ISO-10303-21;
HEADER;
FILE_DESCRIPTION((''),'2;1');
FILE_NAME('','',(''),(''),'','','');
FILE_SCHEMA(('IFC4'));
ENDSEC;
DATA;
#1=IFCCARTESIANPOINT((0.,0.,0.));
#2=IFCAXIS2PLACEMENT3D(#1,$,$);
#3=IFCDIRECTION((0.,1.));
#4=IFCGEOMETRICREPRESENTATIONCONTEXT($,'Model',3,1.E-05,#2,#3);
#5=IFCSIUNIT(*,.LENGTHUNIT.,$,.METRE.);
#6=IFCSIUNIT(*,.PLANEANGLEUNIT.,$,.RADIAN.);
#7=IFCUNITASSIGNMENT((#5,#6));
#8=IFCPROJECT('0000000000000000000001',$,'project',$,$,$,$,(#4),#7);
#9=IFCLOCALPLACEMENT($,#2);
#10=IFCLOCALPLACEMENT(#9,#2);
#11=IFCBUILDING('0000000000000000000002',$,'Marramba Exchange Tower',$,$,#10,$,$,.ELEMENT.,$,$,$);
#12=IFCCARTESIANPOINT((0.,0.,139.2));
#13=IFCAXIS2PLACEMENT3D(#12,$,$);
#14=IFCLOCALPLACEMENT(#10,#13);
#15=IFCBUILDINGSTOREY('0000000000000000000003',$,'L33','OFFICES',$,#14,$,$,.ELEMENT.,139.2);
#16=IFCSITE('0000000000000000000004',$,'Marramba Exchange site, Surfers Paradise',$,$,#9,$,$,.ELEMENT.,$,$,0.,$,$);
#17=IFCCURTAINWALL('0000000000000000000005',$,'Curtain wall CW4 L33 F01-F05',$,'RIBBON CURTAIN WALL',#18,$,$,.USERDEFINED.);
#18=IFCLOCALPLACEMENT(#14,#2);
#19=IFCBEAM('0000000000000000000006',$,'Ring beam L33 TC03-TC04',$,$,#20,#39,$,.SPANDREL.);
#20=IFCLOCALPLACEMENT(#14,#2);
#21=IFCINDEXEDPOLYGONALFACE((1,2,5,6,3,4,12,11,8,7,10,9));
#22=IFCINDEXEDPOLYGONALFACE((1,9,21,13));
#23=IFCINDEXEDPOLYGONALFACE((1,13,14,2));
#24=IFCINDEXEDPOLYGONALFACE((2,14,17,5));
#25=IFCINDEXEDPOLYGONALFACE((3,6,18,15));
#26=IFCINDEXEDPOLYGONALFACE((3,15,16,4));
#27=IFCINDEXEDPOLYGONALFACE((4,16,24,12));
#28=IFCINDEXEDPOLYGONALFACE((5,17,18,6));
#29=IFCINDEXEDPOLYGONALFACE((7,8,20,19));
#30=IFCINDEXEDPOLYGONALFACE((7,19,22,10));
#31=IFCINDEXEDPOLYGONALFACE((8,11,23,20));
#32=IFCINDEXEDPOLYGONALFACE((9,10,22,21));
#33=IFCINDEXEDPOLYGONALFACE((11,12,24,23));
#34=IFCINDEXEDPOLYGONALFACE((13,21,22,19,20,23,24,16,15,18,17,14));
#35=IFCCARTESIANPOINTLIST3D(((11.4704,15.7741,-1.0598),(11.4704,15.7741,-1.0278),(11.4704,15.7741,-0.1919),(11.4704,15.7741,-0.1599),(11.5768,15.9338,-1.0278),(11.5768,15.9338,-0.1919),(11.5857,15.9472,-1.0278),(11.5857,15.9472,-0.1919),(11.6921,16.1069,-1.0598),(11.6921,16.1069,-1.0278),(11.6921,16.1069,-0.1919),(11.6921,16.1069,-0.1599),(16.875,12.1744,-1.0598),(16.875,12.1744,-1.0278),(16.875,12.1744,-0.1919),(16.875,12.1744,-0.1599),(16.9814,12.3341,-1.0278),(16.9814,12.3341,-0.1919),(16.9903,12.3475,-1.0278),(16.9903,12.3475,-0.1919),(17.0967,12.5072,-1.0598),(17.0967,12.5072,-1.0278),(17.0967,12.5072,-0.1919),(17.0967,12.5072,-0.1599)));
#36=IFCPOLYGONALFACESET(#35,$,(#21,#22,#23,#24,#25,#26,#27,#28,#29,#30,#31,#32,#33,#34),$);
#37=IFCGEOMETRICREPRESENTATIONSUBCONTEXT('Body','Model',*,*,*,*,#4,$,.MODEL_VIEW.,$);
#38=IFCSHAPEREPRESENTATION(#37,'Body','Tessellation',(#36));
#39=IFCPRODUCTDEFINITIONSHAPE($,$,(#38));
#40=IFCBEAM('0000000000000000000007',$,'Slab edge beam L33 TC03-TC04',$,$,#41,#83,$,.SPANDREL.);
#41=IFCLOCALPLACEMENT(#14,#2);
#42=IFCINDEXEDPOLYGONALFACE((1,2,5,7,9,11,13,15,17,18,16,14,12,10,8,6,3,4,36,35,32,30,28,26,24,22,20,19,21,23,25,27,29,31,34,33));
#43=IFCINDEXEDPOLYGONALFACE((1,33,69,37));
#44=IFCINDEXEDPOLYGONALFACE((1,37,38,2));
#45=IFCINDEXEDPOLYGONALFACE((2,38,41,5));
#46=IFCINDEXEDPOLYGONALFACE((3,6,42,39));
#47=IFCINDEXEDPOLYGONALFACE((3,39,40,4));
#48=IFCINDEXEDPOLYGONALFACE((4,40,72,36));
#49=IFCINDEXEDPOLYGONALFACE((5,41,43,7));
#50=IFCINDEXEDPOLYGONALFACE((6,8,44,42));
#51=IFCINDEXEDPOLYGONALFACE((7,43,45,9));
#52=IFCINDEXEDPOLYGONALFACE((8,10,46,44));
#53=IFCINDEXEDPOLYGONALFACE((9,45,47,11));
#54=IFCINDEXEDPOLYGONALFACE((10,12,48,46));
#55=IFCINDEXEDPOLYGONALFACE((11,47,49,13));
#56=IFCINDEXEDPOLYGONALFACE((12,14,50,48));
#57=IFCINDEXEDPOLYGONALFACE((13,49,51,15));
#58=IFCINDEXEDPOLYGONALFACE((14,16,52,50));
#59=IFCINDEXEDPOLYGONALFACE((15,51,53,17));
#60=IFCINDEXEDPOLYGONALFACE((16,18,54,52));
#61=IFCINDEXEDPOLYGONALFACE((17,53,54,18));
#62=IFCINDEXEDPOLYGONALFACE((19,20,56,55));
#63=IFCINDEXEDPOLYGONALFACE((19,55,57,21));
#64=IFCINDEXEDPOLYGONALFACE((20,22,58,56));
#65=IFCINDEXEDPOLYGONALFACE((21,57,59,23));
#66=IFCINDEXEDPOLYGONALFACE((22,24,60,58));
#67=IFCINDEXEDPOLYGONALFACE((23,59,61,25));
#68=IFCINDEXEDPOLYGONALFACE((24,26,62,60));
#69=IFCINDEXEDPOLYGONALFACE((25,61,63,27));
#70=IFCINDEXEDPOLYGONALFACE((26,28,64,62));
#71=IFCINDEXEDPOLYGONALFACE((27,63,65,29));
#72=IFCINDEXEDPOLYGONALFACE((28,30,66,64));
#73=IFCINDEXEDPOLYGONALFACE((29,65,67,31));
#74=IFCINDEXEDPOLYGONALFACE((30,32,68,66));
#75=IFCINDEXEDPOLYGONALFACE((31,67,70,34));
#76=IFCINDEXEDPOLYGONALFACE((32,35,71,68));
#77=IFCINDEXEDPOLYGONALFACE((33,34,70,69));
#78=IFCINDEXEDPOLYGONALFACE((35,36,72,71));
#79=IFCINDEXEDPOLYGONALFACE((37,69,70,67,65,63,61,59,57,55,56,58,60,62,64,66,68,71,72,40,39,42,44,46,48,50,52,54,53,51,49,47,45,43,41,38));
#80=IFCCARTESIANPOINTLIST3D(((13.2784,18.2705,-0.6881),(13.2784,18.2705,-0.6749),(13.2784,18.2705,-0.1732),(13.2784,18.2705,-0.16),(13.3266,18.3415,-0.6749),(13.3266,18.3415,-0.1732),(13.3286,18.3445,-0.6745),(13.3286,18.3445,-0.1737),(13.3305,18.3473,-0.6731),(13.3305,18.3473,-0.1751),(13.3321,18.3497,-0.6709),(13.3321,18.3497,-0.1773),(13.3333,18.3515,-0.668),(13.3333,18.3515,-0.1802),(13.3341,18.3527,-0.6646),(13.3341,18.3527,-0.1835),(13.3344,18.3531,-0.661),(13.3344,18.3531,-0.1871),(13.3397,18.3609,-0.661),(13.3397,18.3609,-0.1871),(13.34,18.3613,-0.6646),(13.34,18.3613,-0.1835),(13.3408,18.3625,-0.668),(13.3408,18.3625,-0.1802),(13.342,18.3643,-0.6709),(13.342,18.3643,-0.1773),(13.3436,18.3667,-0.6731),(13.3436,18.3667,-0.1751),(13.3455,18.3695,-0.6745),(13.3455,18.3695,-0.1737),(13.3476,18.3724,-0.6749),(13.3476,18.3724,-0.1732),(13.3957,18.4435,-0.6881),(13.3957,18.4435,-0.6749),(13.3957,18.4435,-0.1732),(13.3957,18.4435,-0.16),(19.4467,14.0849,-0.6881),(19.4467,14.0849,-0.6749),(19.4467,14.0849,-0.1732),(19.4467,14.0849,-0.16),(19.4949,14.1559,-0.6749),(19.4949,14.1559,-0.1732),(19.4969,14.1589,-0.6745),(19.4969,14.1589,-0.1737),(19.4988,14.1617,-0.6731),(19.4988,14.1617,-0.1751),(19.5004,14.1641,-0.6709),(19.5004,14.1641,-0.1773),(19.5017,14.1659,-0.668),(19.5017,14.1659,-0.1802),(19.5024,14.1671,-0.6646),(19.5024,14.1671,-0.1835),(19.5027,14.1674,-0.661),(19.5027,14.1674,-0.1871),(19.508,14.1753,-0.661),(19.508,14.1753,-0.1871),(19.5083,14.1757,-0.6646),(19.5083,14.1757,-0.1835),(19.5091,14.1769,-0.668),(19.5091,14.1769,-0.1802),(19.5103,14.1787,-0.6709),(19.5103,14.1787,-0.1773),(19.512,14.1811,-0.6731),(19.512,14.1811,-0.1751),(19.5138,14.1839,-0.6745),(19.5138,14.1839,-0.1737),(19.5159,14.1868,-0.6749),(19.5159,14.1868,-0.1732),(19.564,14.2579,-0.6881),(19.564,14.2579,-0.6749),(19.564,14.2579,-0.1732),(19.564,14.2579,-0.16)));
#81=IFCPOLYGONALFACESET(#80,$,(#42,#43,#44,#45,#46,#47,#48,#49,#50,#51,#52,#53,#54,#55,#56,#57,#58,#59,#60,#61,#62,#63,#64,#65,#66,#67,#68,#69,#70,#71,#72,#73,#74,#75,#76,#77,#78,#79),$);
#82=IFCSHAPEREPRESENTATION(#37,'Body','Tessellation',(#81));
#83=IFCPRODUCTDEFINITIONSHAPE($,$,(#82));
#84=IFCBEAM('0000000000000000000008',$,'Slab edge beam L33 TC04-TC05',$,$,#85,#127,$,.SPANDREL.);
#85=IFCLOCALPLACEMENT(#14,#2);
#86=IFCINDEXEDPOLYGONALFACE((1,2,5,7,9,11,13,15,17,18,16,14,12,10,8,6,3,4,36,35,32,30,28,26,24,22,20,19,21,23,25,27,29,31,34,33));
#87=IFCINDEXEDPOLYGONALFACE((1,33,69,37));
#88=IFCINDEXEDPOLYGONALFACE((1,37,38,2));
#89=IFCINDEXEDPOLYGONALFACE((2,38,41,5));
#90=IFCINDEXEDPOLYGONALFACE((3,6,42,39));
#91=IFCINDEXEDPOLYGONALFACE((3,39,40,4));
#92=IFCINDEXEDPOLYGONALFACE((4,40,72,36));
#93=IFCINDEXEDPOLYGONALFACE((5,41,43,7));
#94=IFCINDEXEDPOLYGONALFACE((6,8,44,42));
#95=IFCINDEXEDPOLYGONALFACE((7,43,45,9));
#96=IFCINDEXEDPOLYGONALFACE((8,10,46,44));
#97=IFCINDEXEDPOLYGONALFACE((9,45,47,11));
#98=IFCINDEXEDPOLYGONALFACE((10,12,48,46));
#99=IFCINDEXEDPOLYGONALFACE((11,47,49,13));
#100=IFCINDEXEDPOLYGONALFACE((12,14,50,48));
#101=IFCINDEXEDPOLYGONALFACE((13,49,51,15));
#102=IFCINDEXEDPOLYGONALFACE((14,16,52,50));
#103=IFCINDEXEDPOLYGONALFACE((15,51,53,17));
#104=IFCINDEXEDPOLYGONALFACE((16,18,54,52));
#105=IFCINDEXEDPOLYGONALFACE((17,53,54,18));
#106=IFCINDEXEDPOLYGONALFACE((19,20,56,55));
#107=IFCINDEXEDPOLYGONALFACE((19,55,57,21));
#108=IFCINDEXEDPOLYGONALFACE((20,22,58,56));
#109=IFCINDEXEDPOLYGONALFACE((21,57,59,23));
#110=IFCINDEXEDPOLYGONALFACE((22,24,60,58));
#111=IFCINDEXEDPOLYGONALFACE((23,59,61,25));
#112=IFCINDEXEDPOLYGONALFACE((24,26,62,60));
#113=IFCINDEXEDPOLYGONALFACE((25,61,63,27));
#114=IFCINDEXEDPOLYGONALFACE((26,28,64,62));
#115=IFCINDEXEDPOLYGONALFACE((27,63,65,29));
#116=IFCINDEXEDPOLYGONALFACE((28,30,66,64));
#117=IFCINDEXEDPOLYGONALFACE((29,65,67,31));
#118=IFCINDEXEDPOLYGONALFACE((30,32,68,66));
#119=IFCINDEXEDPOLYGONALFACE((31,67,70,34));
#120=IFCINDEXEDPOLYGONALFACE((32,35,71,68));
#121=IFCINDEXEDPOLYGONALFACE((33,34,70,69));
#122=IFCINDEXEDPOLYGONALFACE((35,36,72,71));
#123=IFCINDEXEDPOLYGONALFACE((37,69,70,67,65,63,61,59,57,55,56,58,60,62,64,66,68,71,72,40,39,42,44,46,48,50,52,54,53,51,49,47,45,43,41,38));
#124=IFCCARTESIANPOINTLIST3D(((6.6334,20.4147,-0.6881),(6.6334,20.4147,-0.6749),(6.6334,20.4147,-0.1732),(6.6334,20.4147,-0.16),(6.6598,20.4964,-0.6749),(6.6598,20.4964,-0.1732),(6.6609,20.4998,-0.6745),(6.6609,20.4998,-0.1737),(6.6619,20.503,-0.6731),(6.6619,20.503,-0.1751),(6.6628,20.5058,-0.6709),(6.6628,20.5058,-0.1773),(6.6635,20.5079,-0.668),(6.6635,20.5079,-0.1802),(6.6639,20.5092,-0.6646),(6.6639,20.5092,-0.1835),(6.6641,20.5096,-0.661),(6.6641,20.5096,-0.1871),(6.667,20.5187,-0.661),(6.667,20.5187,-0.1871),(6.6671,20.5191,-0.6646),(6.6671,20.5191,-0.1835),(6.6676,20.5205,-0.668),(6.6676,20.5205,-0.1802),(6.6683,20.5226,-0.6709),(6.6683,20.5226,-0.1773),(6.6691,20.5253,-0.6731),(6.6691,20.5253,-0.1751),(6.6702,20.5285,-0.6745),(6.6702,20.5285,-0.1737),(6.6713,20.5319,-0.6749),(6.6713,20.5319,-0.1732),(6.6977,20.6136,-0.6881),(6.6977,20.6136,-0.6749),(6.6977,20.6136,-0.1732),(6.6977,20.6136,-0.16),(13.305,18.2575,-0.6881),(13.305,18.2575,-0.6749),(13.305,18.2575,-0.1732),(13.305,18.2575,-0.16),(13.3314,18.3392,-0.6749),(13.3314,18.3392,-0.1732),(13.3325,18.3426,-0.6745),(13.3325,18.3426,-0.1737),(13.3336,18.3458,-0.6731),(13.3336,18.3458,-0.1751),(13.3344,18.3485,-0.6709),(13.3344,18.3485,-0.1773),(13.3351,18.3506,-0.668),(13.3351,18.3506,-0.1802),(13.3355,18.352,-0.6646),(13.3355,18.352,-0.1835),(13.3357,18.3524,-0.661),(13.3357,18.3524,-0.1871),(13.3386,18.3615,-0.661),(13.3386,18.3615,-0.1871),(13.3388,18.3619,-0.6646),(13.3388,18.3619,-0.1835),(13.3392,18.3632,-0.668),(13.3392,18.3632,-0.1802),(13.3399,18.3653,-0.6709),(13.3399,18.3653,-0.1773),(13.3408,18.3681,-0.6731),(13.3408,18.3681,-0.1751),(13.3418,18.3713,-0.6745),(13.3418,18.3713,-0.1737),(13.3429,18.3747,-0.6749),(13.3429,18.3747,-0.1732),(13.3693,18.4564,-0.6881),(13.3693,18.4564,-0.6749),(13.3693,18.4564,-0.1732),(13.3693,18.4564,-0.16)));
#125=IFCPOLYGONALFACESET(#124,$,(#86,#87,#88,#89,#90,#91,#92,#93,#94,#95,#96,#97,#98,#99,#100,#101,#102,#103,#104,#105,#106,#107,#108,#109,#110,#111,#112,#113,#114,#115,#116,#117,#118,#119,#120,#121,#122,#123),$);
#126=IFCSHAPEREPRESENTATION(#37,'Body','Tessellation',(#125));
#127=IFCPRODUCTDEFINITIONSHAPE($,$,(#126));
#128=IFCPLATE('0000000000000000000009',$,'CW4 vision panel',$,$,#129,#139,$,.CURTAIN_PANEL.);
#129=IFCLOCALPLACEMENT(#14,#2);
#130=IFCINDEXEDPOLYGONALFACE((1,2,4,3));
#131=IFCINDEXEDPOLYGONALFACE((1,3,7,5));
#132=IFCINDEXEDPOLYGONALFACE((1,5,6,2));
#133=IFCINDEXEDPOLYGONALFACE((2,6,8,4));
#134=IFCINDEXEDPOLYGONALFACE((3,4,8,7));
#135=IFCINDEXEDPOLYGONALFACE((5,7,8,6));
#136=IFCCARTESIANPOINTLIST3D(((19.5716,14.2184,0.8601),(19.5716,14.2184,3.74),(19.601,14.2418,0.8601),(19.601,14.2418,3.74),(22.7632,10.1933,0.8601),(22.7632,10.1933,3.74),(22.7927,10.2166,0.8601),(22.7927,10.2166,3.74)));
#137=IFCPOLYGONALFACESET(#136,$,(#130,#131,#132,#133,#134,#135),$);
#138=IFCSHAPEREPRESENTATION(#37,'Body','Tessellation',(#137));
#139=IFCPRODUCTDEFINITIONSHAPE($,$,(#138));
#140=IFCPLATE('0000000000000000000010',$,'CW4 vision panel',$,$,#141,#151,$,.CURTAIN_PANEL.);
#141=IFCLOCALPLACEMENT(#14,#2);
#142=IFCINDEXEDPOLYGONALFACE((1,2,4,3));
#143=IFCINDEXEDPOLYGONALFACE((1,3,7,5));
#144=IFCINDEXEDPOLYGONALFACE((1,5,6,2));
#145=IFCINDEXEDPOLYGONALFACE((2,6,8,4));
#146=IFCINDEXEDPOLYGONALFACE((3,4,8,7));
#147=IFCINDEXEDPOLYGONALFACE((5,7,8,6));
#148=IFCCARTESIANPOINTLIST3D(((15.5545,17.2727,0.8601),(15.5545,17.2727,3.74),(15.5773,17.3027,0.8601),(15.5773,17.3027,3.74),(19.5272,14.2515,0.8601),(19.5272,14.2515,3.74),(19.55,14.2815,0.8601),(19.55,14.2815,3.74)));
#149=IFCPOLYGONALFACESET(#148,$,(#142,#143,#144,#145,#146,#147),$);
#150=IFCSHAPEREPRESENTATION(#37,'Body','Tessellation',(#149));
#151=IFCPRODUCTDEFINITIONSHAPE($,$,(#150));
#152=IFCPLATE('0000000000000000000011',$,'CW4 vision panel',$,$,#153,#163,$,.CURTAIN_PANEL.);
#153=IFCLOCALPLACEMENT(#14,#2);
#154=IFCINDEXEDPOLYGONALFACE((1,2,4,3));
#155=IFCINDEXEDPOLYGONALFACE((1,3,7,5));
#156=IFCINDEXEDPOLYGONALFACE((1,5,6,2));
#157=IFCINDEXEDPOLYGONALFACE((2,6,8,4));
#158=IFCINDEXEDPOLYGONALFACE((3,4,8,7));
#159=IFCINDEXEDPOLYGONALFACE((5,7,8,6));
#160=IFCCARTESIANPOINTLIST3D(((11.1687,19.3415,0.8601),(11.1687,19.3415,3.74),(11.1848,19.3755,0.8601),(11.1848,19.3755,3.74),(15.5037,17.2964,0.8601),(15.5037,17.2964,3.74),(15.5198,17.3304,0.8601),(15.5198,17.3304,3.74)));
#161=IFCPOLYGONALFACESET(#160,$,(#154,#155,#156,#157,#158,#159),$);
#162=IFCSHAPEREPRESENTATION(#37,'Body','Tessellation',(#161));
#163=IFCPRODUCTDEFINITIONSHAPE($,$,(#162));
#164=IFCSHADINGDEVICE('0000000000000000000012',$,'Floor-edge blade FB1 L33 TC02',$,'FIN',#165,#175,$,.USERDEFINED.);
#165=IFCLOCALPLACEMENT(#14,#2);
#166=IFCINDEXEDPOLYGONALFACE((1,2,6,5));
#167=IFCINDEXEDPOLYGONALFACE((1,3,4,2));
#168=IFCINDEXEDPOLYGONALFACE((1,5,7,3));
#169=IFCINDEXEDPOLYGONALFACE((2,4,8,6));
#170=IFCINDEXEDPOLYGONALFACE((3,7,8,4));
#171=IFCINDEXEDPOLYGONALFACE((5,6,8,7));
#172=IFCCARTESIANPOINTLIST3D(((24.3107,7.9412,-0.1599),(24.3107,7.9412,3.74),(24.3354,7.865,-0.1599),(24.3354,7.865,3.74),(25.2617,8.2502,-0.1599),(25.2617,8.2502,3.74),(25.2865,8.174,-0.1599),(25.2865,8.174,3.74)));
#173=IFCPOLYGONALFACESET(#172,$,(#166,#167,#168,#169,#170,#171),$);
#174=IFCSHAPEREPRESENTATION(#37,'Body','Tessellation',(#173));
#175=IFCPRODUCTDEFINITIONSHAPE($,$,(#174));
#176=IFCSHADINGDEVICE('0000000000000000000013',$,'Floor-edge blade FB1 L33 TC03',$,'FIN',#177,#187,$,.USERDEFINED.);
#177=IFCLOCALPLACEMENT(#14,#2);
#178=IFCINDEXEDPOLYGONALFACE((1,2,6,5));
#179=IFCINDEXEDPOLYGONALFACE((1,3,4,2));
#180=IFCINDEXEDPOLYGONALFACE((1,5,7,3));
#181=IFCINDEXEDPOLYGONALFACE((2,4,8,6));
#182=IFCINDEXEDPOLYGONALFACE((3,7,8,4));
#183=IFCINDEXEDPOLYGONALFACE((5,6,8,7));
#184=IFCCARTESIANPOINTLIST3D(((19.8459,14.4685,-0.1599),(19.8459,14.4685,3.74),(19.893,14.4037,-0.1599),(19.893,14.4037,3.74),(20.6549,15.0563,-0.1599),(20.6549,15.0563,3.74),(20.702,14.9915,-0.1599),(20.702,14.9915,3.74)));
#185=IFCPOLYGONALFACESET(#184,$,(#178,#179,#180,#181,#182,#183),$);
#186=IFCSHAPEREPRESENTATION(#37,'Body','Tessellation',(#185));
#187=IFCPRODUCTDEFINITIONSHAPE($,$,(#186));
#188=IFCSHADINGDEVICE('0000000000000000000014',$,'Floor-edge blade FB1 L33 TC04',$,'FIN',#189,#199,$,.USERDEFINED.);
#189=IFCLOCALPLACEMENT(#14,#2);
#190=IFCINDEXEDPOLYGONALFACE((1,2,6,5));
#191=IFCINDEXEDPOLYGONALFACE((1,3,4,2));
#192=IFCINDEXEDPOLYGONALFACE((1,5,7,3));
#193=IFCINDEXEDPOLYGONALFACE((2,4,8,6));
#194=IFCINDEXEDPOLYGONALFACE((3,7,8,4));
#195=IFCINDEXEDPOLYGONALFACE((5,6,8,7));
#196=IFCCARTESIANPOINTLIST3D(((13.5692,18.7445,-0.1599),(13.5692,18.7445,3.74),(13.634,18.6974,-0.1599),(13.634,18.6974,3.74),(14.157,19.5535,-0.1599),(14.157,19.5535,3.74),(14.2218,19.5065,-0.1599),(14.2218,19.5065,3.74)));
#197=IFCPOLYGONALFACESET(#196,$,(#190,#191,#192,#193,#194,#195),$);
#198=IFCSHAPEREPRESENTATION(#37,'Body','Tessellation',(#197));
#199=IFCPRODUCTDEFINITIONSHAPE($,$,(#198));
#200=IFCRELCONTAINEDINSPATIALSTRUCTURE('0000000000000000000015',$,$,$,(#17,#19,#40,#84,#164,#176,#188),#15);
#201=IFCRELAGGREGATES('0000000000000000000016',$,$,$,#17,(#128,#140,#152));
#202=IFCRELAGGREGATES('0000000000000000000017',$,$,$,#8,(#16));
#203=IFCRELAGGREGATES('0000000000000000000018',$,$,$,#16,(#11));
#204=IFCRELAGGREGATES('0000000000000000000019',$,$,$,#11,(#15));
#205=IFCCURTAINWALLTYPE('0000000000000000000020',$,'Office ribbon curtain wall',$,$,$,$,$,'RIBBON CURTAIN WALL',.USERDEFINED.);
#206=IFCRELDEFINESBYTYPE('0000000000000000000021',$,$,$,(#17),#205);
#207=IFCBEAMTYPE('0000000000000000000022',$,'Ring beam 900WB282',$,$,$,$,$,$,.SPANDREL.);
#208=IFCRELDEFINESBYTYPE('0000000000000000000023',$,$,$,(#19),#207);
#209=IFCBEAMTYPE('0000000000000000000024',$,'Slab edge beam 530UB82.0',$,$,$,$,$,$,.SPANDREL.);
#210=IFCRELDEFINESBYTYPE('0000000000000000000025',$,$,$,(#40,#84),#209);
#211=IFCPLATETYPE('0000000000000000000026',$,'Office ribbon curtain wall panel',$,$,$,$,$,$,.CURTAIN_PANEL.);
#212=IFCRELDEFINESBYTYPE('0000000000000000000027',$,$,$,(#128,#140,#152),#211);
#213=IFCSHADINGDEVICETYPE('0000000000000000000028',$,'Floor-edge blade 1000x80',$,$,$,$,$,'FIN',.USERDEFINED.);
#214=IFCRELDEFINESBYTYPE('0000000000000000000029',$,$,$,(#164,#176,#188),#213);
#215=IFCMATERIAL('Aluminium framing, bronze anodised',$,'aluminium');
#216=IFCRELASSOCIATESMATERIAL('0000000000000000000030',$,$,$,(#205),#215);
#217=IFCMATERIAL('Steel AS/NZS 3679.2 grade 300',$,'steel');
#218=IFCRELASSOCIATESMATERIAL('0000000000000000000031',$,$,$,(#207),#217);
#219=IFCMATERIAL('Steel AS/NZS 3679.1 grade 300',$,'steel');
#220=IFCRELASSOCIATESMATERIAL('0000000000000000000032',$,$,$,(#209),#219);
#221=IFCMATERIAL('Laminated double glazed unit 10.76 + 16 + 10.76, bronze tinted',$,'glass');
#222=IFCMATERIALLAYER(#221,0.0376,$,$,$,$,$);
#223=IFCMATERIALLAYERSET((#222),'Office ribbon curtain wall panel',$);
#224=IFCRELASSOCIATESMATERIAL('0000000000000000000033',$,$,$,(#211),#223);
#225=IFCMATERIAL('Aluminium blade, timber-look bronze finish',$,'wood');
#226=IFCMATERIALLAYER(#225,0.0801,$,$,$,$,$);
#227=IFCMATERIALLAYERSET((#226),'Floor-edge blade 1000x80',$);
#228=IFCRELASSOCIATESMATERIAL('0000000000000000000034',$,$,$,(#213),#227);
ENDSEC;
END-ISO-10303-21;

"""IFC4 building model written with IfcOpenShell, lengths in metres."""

from ifc_helpers import new_model, si_unit, direction, frame, origin, origin_2d, place, context, subcontext, project, spatial, rectangle, i_section, extrude, material, layer, layer_set, material_profile, profile_set, type_object, element, aggregate, save


model = new_model("IFC4")

# Units and contexts
model_context = context("Model", 3, precision=1e-05, world=origin(), true_north=direction((0.0, 1.0)))
body_context = subcontext(model_context, "Body", "Model", "MODEL_VIEW")
ifc_project = project(units=[si_unit("LENGTHUNIT", "METRE"), si_unit("PLANEANGLEUNIT", "RADIAN")], contexts=[model_context])

# Site, building, storey
site_placement = place(None, origin())
site = spatial("IfcSite", under=ifc_project, at=site_placement, Name="Marramba Exchange site, Surfers Paradise", CompositionType="ELEMENT", RefElevation=0.0)
building_placement = place(site_placement, origin())
building = spatial("IfcBuilding", under=site, at=building_placement, Name="Marramba Exchange Tower", CompositionType="ELEMENT")
storey_placement = place(building_placement, frame((0.0, 0.0, 139.2)))
storey = spatial("IfcBuildingStorey", under=building, at=storey_placement, Name="L33", Description="OFFICES", CompositionType="ELEMENT", Elevation=139.2)

# Shared definitions
ifc_material_1 = material(Name="Steel AS/NZS 3679.2 grade 300", Category="steel")
ifc_material_2 = material(Name="Steel AS/NZS 3679.1 grade 300", Category="steel")

# Curtain wall
ifc_material_3 = material(Name="Aluminium framing, bronze anodised", Category="aluminium")
curtain_wall_type = type_object("IfcCurtainWallType", Name="Office ribbon curtain wall", ElementType="RIBBON CURTAIN WALL", PredefinedType="USERDEFINED", material=ifc_material_3)
curtain_wall_placement = place(storey_placement, origin())
curtain_wall = element("IfcCurtainWall", 1, at=curtain_wall_placement, inside=storey, type_object=curtain_wall_type, Name="Curtain wall CW4 L33 F01-F05", ObjectType="RIBBON CURTAIN WALL", PredefinedType="USERDEFINED")

# Beams
ifc_material_profile_1 = material_profile(ifc_material_1, i_section(OverallWidth=0.3999, OverallDepth=0.8999, WebThickness=0.0161, FlangeThickness=0.032, at=origin_2d()), Name="900WB282")
ifc_profile_set_1 = profile_set([ifc_material_profile_1], Name="Steel AS/NZS 3679.2 grade 300")
beam_type_1 = type_object("IfcBeamType", Name="Ring beam 900WB282", PredefinedType="SPANDREL", material=ifc_profile_set_1)
beam_1_placement = place(storey_placement, frame((16.9858, 12.3408, -0.6099), z_axis=(-0.832293, 0.554336, 0.0), x_axis=(-0.554336, -0.832293, 0.0)))
element("IfcBeam", 2, at=beam_1_placement, inside=storey, type_object=beam_type_1, Name="Ring beam L33 TC03-TC04", PredefinedType="SPANDREL", context=body_context, shape_type="SweptSolid", body=[
    extrude(i_section(OverallWidth=0.3999, OverallDepth=0.8999, WebThickness=0.0161, FlangeThickness=0.032, at=origin_2d()), origin(), (0.0, 0.0, 1.0), 6.4937),
])
ifc_material_profile_2 = material_profile(ifc_material_2, i_section(OverallWidth=0.209, OverallDepth=0.5281, WebThickness=0.0095, FlangeThickness=0.0132, FilletRadius=0.0139, at=origin_2d()), Name="530UB82.0")
ifc_profile_set_2 = profile_set([ifc_material_profile_2], Name="Steel AS/NZS 3679.1 grade 300")
beam_type_2 = type_object("IfcBeamType", Name="Slab edge beam 530UB82.0", PredefinedType="SPANDREL", material=ifc_profile_set_2)
beam_2_placement = place(storey_placement, frame((19.5054, 14.1714, -0.4241), z_axis=(-0.827477, 0.561499, 0.0), x_axis=(-0.561499, -0.827477, 0.0)))
element("IfcBeam", 3, at=beam_2_placement, inside=storey, type_object=beam_type_2, Name="Slab edge beam L33 TC03-TC04", PredefinedType="SPANDREL", context=body_context, shape_type="SweptSolid", body=[
    extrude(i_section(OverallWidth=0.209, OverallDepth=0.5281, WebThickness=0.0095, FlangeThickness=0.0132, FilletRadius=0.0139, at=origin_2d()), origin(), (0.0, 0.0, 1.0), 7.4543),
])
beam_3_placement = place(storey_placement, frame((13.3372, 18.3569, -0.4241), z_axis=(-0.951496, 0.30766, 0.0), x_axis=(-0.30766, -0.951496, 0.0)))
element("IfcBeam", 4, at=beam_3_placement, inside=storey, type_object=beam_type_2, Name="Slab edge beam L33 TC04-TC05", PredefinedType="SPANDREL", context=body_context, shape_type="SweptSolid", body=[
    extrude(i_section(OverallWidth=0.209, OverallDepth=0.5281, WebThickness=0.0095, FlangeThickness=0.0132, FilletRadius=0.0139, at=origin_2d()), origin(), (0.0, 0.0, 1.0), 7.0117),
])

# Plates
ifc_material_4 = material(Name="Laminated double glazed unit 10.76 + 16 + 10.76, bronze tinted", Category="glass")
ifc_layer_1 = layer(ifc_material_4, 0.0376)
ifc_layer_set_1 = layer_set([ifc_layer_1], Name="Office ribbon curtain wall panel")
plate_type = type_object("IfcPlateType", Name="Office ribbon curtain wall panel", PredefinedType="CURTAIN_PANEL", material=ifc_layer_set_1)
plate_1_placement = place(storey_placement, frame((21.1821, 12.2175, 0.8601), z_axis=(0.0, 0.0, 1.0), x_axis=(-0.621312, 0.783563, 0.0)))
plate_1 = element("IfcPlate", 5, at=plate_1_placement, type_object=plate_type, Name="CW4 vision panel", PredefinedType="CURTAIN_PANEL", context=body_context, shape_type="SweptSolid", body=[
    extrude(rectangle(XDim=5.137, YDim=0.0376, at=origin_2d()), origin(), (0.0, 0.0, 1.0), 2.8799),
])
plate_2_placement = place(storey_placement, frame((17.5522, 15.7771, 0.8601), z_axis=(0.0, 0.0, 1.0), x_axis=(-0.795972, 0.605334, 0.0)))
plate_2 = element("IfcPlate", 6, at=plate_2_placement, type_object=plate_type, Name="CW4 vision panel", PredefinedType="CURTAIN_PANEL", context=body_context, shape_type="SweptSolid", body=[
    extrude(rectangle(XDim=4.991, YDim=0.0376, at=origin_2d()), origin(), (0.0, 0.0, 1.0), 2.8799),
])
plate_3_placement = place(storey_placement, frame((13.3442, 18.3359, 0.8601), z_axis=(0.0, 0.0, 1.0), x_axis=(-0.904403, 0.426679, 0.0)))
plate_3 = element("IfcPlate", 7, at=plate_3_placement, type_object=plate_type, Name="CW4 vision panel", PredefinedType="CURTAIN_PANEL", context=body_context, shape_type="SweptSolid", body=[
    extrude(rectangle(XDim=4.7932, YDim=0.0376, at=origin_2d()), origin(), (0.0, 0.0, 1.0), 2.8799),
])
aggregate(curtain_wall, [plate_1, plate_2, plate_3])

# Shading devices
ifc_material_5 = material(Name="Aluminium blade, timber-look bronze finish", Category="wood")
ifc_layer_2 = layer(ifc_material_5, 0.0801)
ifc_layer_set_2 = layer_set([ifc_layer_2], Name="Floor-edge blade 1000x80")
shading_device_type_1 = type_object("IfcShadingDeviceType", Name="Floor-edge blade 1000x80", ElementType="FIN", PredefinedType="USERDEFINED", material=ifc_layer_set_2)
for number, where, z_axis, x_axis, name in (
    (8, (24.7986, 8.0576, -0.1599), (0.0, 0.0, 1.0), (0.951057, 0.309017, 0.0), "Floor-edge blade FB1 L33 TC02"),
    (9, (20.2739, 14.73, -0.1599), (0.0, 0.0, 1.0), (0.809017, 0.587785, 0.0), "Floor-edge blade FB1 L33 TC03"),
    (10, (13.8955, 19.1255, -0.1599), (0.0, 0.0, 1.0), (0.587785, 0.809017, 0.0), "Floor-edge blade FB1 L33 TC04"),
):
    element("IfcShadingDevice", number, at=place(storey_placement, frame(where, z_axis=z_axis, x_axis=x_axis)), inside=storey, type_object=shading_device_type_1, Name=name, ObjectType="FIN", PredefinedType="USERDEFINED", context=body_context, shape_type="SweptSolid", body=[
        extrude(rectangle(XDim=1.0, YDim=0.0801, at=origin_2d()), origin(), (0.0, 0.0, 1.0), 3.8999),
    ])

save(model, "model.ifc")
